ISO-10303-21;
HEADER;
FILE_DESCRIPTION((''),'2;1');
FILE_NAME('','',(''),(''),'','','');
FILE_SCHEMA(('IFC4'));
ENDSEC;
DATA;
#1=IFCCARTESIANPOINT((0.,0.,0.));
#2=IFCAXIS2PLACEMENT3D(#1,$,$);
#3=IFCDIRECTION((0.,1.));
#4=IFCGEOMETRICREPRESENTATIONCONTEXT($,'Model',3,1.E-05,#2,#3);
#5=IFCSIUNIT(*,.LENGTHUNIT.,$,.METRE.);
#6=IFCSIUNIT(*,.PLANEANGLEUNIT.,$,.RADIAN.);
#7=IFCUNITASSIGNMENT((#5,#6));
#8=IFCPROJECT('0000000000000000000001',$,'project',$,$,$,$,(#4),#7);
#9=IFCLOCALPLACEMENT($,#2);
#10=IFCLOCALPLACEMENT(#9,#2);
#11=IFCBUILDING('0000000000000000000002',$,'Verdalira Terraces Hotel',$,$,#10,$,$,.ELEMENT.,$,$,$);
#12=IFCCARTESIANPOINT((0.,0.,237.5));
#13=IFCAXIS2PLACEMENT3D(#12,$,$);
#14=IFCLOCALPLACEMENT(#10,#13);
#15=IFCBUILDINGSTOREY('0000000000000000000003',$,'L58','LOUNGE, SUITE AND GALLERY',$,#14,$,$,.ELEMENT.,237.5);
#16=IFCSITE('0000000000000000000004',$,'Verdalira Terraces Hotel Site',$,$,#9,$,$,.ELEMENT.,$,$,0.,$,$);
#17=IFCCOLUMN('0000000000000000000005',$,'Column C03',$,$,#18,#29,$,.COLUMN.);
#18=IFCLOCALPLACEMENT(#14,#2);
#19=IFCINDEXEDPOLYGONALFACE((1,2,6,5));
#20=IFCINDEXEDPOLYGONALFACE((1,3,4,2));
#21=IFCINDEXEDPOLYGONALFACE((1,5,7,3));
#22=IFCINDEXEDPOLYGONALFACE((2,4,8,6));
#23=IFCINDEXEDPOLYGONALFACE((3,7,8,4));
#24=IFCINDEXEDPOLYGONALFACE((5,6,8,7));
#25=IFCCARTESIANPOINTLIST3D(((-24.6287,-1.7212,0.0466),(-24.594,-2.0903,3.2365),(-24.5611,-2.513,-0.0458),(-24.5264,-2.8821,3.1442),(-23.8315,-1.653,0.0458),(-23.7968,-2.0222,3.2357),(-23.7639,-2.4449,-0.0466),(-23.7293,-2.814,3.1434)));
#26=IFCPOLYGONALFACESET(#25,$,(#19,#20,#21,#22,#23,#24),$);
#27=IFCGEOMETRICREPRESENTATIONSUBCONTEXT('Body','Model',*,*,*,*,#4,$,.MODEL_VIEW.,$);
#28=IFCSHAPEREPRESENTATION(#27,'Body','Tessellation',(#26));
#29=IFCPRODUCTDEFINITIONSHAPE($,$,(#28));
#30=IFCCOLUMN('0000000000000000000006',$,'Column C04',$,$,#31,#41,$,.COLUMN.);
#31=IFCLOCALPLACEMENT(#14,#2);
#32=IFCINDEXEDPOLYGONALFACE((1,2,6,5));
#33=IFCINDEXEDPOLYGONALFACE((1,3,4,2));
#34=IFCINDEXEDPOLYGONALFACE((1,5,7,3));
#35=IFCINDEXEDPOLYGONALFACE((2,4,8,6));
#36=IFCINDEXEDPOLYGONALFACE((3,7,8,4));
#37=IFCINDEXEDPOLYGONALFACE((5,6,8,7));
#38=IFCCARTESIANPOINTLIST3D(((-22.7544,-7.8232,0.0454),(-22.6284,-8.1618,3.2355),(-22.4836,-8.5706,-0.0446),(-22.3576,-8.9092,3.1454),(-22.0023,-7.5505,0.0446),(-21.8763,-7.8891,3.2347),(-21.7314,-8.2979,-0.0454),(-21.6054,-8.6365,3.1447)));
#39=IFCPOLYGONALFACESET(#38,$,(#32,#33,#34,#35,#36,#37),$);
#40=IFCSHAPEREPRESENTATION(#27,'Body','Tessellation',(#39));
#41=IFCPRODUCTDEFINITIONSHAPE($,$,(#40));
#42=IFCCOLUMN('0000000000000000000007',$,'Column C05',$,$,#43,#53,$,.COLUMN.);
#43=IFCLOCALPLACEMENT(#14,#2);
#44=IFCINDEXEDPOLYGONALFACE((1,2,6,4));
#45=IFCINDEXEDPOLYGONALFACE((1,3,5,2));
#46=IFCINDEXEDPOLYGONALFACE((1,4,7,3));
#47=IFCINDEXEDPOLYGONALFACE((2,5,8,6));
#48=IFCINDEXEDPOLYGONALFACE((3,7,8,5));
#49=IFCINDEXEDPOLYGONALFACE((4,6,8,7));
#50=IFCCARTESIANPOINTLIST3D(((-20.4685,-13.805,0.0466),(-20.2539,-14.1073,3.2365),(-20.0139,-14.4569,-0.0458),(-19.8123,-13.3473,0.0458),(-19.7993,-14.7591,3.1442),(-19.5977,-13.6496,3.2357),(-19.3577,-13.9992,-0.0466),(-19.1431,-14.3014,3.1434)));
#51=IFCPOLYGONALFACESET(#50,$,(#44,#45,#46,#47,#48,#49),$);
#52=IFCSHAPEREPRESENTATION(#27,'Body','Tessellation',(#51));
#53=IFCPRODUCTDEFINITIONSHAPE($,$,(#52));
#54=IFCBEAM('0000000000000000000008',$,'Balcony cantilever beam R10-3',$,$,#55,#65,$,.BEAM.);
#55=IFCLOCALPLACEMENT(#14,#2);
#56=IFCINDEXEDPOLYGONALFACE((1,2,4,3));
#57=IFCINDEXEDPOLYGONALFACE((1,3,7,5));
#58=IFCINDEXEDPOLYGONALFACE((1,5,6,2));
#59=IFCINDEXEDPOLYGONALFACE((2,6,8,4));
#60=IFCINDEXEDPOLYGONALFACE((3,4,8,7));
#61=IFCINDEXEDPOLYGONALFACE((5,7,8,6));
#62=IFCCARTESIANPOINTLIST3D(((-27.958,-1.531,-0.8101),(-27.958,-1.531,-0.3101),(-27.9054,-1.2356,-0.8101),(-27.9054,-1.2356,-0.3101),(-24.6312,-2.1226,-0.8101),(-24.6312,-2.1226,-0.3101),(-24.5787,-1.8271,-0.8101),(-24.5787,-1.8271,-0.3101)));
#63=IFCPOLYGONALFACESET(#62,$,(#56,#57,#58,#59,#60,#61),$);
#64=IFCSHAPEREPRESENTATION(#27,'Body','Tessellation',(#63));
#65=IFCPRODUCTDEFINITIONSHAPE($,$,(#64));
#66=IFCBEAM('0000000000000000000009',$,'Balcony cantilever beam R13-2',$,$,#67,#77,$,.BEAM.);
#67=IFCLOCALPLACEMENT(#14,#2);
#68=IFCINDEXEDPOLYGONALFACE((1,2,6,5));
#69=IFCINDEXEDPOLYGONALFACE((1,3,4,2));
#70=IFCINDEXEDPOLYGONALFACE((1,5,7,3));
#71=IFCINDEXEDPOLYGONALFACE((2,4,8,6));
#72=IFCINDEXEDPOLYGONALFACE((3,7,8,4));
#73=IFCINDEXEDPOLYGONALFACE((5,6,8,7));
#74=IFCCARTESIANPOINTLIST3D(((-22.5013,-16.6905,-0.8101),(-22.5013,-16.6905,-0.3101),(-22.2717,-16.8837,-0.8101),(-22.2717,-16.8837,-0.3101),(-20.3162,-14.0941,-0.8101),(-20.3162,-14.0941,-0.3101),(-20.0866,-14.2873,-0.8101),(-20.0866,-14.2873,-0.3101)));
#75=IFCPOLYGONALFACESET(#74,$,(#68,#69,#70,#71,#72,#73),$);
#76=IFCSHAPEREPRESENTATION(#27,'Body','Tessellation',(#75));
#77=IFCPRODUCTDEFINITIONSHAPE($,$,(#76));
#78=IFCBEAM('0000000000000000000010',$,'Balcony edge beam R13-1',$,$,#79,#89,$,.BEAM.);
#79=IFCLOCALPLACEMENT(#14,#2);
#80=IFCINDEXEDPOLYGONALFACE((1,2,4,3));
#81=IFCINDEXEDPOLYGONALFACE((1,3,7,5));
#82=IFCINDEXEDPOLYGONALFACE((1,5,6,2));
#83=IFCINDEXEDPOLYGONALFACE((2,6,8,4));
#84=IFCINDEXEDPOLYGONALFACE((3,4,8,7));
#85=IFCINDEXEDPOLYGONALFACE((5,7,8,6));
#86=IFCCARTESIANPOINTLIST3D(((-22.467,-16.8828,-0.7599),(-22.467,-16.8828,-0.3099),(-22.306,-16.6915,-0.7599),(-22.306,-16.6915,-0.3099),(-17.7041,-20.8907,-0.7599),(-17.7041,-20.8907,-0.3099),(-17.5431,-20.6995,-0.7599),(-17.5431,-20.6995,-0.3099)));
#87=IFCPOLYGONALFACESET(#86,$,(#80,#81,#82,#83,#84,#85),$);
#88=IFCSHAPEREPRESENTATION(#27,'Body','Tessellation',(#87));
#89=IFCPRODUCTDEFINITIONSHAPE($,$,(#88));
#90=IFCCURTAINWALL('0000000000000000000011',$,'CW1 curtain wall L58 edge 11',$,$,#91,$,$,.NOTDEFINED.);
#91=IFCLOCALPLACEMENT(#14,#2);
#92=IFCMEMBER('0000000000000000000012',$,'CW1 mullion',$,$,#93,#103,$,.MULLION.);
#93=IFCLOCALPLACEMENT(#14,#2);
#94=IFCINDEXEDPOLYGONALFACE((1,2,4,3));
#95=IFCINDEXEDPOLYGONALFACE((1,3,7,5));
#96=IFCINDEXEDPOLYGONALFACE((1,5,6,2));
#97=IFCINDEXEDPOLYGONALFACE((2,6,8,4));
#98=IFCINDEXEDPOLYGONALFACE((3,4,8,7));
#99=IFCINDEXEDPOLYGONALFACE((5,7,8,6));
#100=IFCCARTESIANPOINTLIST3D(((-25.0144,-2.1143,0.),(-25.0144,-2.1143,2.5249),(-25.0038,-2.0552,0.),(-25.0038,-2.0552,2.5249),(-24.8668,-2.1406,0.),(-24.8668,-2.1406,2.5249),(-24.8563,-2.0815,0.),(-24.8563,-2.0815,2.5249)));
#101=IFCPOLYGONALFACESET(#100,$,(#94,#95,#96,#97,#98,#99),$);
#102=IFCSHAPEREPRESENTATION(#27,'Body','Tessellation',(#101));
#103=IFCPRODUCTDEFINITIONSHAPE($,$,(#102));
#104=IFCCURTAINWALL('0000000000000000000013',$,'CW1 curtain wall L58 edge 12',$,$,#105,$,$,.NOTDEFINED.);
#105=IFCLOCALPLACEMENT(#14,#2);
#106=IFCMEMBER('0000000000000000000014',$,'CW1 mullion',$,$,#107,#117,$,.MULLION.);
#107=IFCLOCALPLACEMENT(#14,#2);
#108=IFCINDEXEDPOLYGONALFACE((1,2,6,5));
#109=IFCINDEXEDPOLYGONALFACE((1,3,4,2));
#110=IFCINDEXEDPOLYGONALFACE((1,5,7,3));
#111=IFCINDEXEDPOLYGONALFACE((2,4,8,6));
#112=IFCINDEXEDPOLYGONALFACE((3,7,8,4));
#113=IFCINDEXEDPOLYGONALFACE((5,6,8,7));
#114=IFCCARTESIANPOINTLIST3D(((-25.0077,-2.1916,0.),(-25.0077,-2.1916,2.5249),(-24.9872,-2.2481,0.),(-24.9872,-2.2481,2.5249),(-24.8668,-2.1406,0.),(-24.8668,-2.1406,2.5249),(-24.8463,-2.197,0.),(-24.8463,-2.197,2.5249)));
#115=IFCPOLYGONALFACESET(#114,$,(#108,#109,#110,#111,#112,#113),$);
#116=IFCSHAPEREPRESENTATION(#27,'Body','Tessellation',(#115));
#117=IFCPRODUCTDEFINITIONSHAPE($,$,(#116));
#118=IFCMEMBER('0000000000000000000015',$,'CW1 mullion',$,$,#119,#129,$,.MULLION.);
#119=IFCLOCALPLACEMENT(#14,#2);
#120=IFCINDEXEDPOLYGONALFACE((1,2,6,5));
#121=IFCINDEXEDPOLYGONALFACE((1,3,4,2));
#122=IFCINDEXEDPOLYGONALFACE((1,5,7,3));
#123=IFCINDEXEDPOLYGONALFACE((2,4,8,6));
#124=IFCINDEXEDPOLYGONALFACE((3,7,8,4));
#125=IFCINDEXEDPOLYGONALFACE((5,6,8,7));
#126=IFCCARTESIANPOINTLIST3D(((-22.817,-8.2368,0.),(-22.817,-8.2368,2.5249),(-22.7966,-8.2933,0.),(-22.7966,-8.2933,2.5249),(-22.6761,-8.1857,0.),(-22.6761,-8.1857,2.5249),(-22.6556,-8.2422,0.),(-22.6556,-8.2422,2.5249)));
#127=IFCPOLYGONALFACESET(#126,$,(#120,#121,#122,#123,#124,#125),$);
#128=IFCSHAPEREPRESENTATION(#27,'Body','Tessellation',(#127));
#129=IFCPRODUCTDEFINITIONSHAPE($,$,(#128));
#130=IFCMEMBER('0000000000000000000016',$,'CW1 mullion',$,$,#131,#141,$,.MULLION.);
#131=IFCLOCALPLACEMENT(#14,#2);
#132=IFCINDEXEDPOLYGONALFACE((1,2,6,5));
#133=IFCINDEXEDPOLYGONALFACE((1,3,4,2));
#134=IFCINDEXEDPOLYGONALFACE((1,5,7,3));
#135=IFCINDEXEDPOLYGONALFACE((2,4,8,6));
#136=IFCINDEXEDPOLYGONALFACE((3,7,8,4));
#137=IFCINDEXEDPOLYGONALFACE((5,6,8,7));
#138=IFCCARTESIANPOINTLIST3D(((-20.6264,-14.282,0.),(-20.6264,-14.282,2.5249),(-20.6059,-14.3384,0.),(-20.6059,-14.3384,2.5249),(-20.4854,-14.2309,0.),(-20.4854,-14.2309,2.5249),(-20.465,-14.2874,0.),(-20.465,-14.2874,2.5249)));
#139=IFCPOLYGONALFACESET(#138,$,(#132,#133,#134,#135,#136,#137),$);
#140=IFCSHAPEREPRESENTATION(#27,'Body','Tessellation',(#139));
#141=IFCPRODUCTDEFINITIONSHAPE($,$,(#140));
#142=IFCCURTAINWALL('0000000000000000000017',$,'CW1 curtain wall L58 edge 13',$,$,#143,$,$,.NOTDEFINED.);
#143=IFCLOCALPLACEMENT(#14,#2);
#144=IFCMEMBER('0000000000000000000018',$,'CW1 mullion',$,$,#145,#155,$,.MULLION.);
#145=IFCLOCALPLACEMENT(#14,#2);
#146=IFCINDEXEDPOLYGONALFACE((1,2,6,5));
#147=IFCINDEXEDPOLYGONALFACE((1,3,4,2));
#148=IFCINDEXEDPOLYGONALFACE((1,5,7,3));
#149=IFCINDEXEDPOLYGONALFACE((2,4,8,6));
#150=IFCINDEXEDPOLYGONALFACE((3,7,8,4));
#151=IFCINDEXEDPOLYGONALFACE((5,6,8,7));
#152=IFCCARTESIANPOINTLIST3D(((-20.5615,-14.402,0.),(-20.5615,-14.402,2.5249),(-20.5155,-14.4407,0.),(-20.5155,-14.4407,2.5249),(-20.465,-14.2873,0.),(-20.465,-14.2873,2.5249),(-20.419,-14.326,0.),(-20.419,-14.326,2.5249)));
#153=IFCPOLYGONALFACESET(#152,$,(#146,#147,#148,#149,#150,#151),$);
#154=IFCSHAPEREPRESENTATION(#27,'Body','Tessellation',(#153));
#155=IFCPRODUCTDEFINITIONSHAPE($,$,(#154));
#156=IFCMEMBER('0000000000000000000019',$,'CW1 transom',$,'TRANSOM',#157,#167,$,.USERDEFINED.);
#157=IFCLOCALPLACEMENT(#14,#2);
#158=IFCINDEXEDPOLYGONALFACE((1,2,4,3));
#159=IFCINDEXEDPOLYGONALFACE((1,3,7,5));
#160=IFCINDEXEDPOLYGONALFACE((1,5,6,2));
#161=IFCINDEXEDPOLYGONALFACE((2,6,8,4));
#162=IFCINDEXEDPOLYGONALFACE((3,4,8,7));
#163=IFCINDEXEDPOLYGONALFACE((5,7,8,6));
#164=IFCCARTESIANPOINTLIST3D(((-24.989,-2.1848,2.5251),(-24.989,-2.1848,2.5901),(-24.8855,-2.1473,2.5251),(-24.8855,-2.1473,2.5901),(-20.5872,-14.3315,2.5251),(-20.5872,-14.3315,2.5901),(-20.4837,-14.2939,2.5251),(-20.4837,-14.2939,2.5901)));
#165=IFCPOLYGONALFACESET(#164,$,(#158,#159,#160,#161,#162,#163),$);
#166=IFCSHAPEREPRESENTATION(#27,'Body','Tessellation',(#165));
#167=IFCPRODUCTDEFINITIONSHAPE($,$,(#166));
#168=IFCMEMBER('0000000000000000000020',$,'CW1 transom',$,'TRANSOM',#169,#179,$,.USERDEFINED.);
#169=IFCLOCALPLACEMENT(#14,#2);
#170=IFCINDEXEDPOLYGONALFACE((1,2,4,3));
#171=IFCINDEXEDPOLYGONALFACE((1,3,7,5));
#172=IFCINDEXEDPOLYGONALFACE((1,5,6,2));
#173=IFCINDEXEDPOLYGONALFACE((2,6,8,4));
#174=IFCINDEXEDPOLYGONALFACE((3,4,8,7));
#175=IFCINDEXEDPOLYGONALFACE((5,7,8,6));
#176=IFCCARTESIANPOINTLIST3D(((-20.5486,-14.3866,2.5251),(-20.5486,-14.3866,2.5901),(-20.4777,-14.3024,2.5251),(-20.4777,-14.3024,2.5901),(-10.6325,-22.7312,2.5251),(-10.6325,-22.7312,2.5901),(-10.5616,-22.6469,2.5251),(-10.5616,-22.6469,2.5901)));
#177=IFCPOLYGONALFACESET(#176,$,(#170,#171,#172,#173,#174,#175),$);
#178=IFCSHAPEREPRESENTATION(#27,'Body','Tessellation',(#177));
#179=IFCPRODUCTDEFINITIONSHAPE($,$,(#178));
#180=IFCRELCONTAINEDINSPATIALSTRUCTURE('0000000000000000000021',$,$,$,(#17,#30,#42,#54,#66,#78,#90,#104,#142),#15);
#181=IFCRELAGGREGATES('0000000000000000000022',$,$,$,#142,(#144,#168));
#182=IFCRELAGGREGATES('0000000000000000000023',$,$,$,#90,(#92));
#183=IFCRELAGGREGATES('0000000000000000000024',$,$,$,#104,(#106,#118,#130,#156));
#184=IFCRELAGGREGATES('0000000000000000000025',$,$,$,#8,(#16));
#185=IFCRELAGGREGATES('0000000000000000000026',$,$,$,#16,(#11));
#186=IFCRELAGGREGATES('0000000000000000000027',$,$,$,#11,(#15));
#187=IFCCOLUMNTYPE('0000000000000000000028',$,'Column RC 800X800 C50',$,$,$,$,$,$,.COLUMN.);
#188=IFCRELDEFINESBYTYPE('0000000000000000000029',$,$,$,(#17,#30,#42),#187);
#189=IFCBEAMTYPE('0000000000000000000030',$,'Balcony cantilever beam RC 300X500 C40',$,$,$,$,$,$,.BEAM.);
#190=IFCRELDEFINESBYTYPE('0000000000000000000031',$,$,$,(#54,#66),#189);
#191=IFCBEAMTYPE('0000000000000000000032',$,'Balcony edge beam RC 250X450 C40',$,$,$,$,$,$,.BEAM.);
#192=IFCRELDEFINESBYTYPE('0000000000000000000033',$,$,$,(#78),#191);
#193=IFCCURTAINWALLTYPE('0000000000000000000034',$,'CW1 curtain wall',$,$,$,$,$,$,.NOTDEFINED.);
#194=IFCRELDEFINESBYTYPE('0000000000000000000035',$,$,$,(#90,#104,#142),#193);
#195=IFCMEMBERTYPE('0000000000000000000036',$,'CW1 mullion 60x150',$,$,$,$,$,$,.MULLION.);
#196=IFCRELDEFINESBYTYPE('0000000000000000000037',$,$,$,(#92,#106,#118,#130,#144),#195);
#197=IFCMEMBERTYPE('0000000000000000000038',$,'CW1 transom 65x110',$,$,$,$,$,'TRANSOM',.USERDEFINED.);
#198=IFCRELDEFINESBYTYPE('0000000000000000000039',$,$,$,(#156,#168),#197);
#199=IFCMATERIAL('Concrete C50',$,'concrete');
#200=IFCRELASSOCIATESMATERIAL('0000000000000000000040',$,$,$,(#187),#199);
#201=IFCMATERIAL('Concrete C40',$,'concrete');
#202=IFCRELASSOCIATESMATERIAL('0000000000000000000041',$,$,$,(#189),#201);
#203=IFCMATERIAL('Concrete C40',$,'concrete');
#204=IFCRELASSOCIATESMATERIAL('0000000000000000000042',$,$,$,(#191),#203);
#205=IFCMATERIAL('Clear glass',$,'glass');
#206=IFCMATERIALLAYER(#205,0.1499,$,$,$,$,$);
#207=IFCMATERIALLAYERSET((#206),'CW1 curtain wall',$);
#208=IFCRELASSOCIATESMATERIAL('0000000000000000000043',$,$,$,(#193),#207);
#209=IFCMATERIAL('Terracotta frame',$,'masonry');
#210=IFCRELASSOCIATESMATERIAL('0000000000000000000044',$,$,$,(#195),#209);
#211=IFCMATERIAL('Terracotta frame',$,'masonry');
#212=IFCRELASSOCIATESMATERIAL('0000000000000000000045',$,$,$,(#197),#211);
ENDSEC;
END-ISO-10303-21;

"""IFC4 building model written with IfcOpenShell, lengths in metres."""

from ifc_helpers import new_model, si_unit, direction, frame, origin, origin_2d, place, context, subcontext, project, spatial, rectangle, extrude, material, layer, layer_set, material_profile, profile_set, type_object, element, aggregate, save


model = new_model("IFC4")

# Units and contexts
model_context = context("Model", 3, precision=1e-05, world=origin(), true_north=direction((0.0, 1.0)))
body_context = subcontext(model_context, "Body", "Model", "MODEL_VIEW")
ifc_project = project(units=[si_unit("LENGTHUNIT", "METRE"), si_unit("PLANEANGLEUNIT", "RADIAN")], contexts=[model_context])

# Site, building, storey
site_placement = place(None, origin())
site = spatial("IfcSite", under=ifc_project, at=site_placement, Name="Verdalira Terraces Hotel Site", CompositionType="ELEMENT", RefElevation=0.0)
building_placement = place(site_placement, origin())
building = spatial("IfcBuilding", under=site, at=building_placement, Name="Verdalira Terraces Hotel", CompositionType="ELEMENT")
storey_placement = place(building_placement, frame((0.0, 0.0, 237.5)))
storey = spatial("IfcBuildingStorey", under=building, at=storey_placement, Name="L58", Description="LOUNGE, SUITE AND GALLERY", CompositionType="ELEMENT", Elevation=237.5)

# Columns
ifc_material_1 = material(Name="Concrete C50", Category="concrete")
ifc_material_profile_1 = material_profile(ifc_material_1, rectangle(XDim=0.8, YDim=0.8, at=origin_2d()), Name="RC 800X800")
ifc_profile_set_1 = profile_set([ifc_material_profile_1], Name="Concrete C50")
column_type = type_object("IfcColumnType", Name="Column RC 800X800 C50", PredefinedType="COLUMN", material=ifc_profile_set_1)
column_1_placement = place(storey_placement, frame((-24.1963, -2.083, 0.0), z_axis=(0.010795, -0.114946, 0.993313), x_axis=(-0.084479, 0.989715, 0.115448)))
element("IfcColumn", 1, at=column_1_placement, inside=storey, type_object=column_type, Name="Column C03", PredefinedType="COLUMN", context=body_context, shape_type="SweptSolid", body=[
    extrude(rectangle(XDim=0.8, YDim=0.8, at=origin_2d()), origin(), (0.0, 0.0, 1.0), 3.2114),
])
column_2_placement = place(storey_placement, frame((-22.2429, -8.0605, 0.0), z_axis=(0.039241, -0.105479, 0.993647), x_axis=(0.338549, -0.934195, -0.112538)))
element("IfcColumn", 2, at=column_2_placement, inside=storey, type_object=column_type, Name="Column C04", PredefinedType="COLUMN", context=body_context, shape_type="SweptSolid", body=[
    extrude(rectangle(XDim=0.8, YDim=0.8, at=origin_2d()), origin(), (0.0, 0.0, 1.0), 3.2104),
])
column_3_placement = place(storey_placement, frame((-19.9131, -13.9021, 0.0), z_axis=(0.066824, -0.094116, 0.993316), x_axis=(-0.568164, 0.81478, 0.115423)))
element("IfcColumn", 3, at=column_3_placement, inside=storey, type_object=column_type, Name="Column C05", PredefinedType="COLUMN", context=body_context, shape_type="SweptSolid", body=[
    extrude(rectangle(XDim=0.8, YDim=0.8, at=origin_2d()), origin(), (0.0, 0.0, 1.0), 3.2114),
])

# Beams
ifc_material_2 = material(Name="Concrete C40", Category="concrete")
ifc_material_profile_2 = material_profile(ifc_material_2, rectangle(XDim=0.3, YDim=0.5, at=origin_2d()), Name="RC 300X500")
ifc_profile_set_2 = profile_set([ifc_material_profile_2], Name="Concrete C40")
beam_type_1 = type_object("IfcBeamType", Name="Balcony cantilever beam RC 300X500 C40", PredefinedType="BEAM", material=ifc_profile_set_2)
beam_1_placement = place(storey_placement, frame((-24.605, -1.9749, -0.5601), z_axis=(-0.984555, 0.175075, 0.0), x_axis=(-0.175075, -0.984555, 0.0)))
element("IfcBeam", 4, at=beam_1_placement, inside=storey, type_object=beam_type_1, Name="Balcony cantilever beam R10-3", PredefinedType="BEAM", context=body_context, shape_type="SweptSolid", body=[
    extrude(rectangle(XDim=0.3, YDim=0.5, at=origin_2d()), origin(), (0.0, 0.0, 1.0), 3.3789),
])
beam_2_placement = place(storey_placement, frame((-20.2014, -14.1907, -0.5601), z_axis=(-0.643892, -0.765116, 0.0), x_axis=(0.765116, -0.643892, 0.0)))
element("IfcBeam", 5, at=beam_2_placement, inside=storey, type_object=beam_type_1, Name="Balcony cantilever beam R13-2", PredefinedType="BEAM", context=body_context, shape_type="SweptSolid", body=[
    extrude(rectangle(XDim=0.3, YDim=0.5, at=origin_2d()), origin(), (0.0, 0.0, 1.0), 3.3936),
])
ifc_material_3 = material(Name="Concrete C40", Category="concrete")
ifc_material_profile_3 = material_profile(ifc_material_3, rectangle(XDim=0.25, YDim=0.45, at=origin_2d()), Name="RC 250X450")
ifc_profile_set_3 = profile_set([ifc_material_profile_3], Name="Concrete C40")
beam_type_2 = type_object("IfcBeamType", Name="Balcony edge beam RC 250X450 C40", PredefinedType="BEAM", material=ifc_profile_set_3)
beam_3_placement = place(storey_placement, frame((-22.3865, -16.7871, -0.5349), z_axis=(0.765136, -0.643869, 0.0), x_axis=(0.643869, 0.765136, 0.0)))
element("IfcBeam", 6, at=beam_3_placement, inside=storey, type_object=beam_type_2, Name="Balcony edge beam R13-1", PredefinedType="BEAM", context=body_context, shape_type="SweptSolid", body=[
    extrude(rectangle(XDim=0.25, YDim=0.45, at=origin_2d()), origin(), (0.0, 0.0, 1.0), 6.2249),
])

# Curtain wall, member
ifc_material_4 = material(Name="Clear glass", Category="glass")
ifc_layer_1 = layer(ifc_material_4, 0.1499)
ifc_layer_set_1 = layer_set([ifc_layer_1], Name="CW1 curtain wall")
curtain_wall_type = type_object("IfcCurtainWallType", Name="CW1 curtain wall", PredefinedType="NOTDEFINED", material=ifc_layer_set_1)
curtain_wall_1_placement = place(storey_placement, origin())
curtain_wall_1 = element("IfcCurtainWall", 7, at=curtain_wall_1_placement, inside=storey, type_object=curtain_wall_type, Name="CW1 curtain wall L58 edge 11", PredefinedType="NOTDEFINED")
ifc_material_5 = material(Name="Terracotta frame", Category="masonry")
ifc_material_profile_4 = material_profile(ifc_material_5, rectangle(XDim=0.0601, YDim=0.1499, at=origin_2d()), Name="MU 60x150")
ifc_profile_set_4 = profile_set([ifc_material_profile_4], Name="Terracotta frame")
member_type_1 = type_object("IfcMemberType", Name="CW1 mullion 60x150", PredefinedType="MULLION", material=ifc_profile_set_4)
member_1_placement = place(storey_placement, frame((-24.9353, -2.0979, 0.0), z_axis=(0.0, 0.0, 1.0), x_axis=(-0.175023, -0.984564, 0.0)))
member_1 = element("IfcMember", 8, at=member_1_placement, type_object=member_type_1, Name="CW1 mullion", PredefinedType="MULLION", context=body_context, shape_type="SweptSolid", body=[
    extrude(rectangle(XDim=0.0601, YDim=0.1499, at=origin_2d()), origin(), (0.0, 0.0, 1.0), 2.5249),
])

# Curtain wall, members
curtain_wall_2_placement = place(storey_placement, origin())
curtain_wall_2 = element("IfcCurtainWall", 9, at=curtain_wall_2_placement, inside=storey, type_object=curtain_wall_type, Name="CW1 curtain wall L58 edge 12", PredefinedType="NOTDEFINED")
member_2_placement = place(storey_placement, frame((-24.927, -2.1943, 0.0), z_axis=(0.0, 0.0, 1.0), x_axis=(0.340708, -0.940169, 0.0)))
member_2 = element("IfcMember", 10, at=member_2_placement, type_object=member_type_1, Name="CW1 mullion", PredefinedType="MULLION", context=body_context, shape_type="SweptSolid", body=[
    extrude(rectangle(XDim=0.0601, YDim=0.1499, at=origin_2d()), origin(), (0.0, 0.0, 1.0), 2.5249),
])
member_3_placement = place(storey_placement, frame((-22.7363, -8.2395, 0.0), z_axis=(0.0, 0.0, 1.0), x_axis=(0.340708, -0.940169, 0.0)))
member_3 = element("IfcMember", 11, at=member_3_placement, type_object=member_type_1, Name="CW1 mullion", PredefinedType="MULLION", context=body_context, shape_type="SweptSolid", body=[
    extrude(rectangle(XDim=0.0601, YDim=0.1499, at=origin_2d()), origin(), (0.0, 0.0, 1.0), 2.5249),
])
member_4_placement = place(storey_placement, frame((-20.5457, -14.2847, 0.0), z_axis=(0.0, 0.0, 1.0), x_axis=(0.340708, -0.940169, 0.0)))
member_4 = element("IfcMember", 12, at=member_4_placement, type_object=member_type_1, Name="CW1 mullion", PredefinedType="MULLION", context=body_context, shape_type="SweptSolid", body=[
    extrude(rectangle(XDim=0.0601, YDim=0.1499, at=origin_2d()), origin(), (0.0, 0.0, 1.0), 2.5249),
])

# Curtain wall, member
curtain_wall_3_placement = place(storey_placement, origin())
curtain_wall_3 = element("IfcCurtainWall", 13, at=curtain_wall_3_placement, inside=storey, type_object=curtain_wall_type, Name="CW1 curtain wall L58 edge 13", PredefinedType="NOTDEFINED")
member_5_placement = place(storey_placement, frame((-20.4902, -14.364, 0.0), z_axis=(0.0, 0.0, 1.0), x_axis=(0.765146, -0.643857, 0.0)))
member_5 = element("IfcMember", 14, at=member_5_placement, type_object=member_type_1, Name="CW1 mullion", PredefinedType="MULLION", context=body_context, shape_type="SweptSolid", body=[
    extrude(rectangle(XDim=0.0601, YDim=0.1499, at=origin_2d()), origin(), (0.0, 0.0, 1.0), 2.5249),
])

# Members
ifc_material_6 = material(Name="Terracotta frame", Category="masonry")
ifc_material_profile_5 = material_profile(ifc_material_6, rectangle(XDim=0.1101, YDim=0.0649, at=origin_2d()), Name="TR 65x110")
ifc_profile_set_5 = profile_set([ifc_material_profile_5], Name="Terracotta frame")
member_type_2 = type_object("IfcMemberType", Name="CW1 transom 65x110", ElementType="TRANSOM", PredefinedType="USERDEFINED", material=ifc_profile_set_5)
member_6_placement = place(storey_placement, frame((-24.9373, -2.166, 2.5576), z_axis=(0.340708, -0.940169, 0.0), x_axis=(0.940169, 0.340708, 0.0)))
member_6 = element("IfcMember", 15, at=member_6_placement, type_object=member_type_2, Name="CW1 transom", ObjectType="TRANSOM", PredefinedType="USERDEFINED", context=body_context, shape_type="SweptSolid", body=[
    extrude(rectangle(XDim=0.1101, YDim=0.0649, at=origin_2d()), origin(), (0.0, 0.0, 1.0), 12.9197),
])
member_7_placement = place(storey_placement, frame((-20.5132, -14.3445, 2.5576), z_axis=(0.765133, -0.643872, 0.0), x_axis=(0.643872, 0.765133, 0.0)))
member_7 = element("IfcMember", 16, at=member_7_placement, type_object=member_type_2, Name="CW1 transom", ObjectType="TRANSOM", PredefinedType="USERDEFINED", context=body_context, shape_type="SweptSolid", body=[
    extrude(rectangle(XDim=0.1101, YDim=0.0649, at=origin_2d()), origin(), (0.0, 0.0, 1.0), 12.96),
])
aggregate(curtain_wall_3, [member_5, member_7])

aggregate(curtain_wall_1, [member_1])
aggregate(curtain_wall_2, [member_2, member_3, member_4, member_6])

save(model, "model.ifc")
